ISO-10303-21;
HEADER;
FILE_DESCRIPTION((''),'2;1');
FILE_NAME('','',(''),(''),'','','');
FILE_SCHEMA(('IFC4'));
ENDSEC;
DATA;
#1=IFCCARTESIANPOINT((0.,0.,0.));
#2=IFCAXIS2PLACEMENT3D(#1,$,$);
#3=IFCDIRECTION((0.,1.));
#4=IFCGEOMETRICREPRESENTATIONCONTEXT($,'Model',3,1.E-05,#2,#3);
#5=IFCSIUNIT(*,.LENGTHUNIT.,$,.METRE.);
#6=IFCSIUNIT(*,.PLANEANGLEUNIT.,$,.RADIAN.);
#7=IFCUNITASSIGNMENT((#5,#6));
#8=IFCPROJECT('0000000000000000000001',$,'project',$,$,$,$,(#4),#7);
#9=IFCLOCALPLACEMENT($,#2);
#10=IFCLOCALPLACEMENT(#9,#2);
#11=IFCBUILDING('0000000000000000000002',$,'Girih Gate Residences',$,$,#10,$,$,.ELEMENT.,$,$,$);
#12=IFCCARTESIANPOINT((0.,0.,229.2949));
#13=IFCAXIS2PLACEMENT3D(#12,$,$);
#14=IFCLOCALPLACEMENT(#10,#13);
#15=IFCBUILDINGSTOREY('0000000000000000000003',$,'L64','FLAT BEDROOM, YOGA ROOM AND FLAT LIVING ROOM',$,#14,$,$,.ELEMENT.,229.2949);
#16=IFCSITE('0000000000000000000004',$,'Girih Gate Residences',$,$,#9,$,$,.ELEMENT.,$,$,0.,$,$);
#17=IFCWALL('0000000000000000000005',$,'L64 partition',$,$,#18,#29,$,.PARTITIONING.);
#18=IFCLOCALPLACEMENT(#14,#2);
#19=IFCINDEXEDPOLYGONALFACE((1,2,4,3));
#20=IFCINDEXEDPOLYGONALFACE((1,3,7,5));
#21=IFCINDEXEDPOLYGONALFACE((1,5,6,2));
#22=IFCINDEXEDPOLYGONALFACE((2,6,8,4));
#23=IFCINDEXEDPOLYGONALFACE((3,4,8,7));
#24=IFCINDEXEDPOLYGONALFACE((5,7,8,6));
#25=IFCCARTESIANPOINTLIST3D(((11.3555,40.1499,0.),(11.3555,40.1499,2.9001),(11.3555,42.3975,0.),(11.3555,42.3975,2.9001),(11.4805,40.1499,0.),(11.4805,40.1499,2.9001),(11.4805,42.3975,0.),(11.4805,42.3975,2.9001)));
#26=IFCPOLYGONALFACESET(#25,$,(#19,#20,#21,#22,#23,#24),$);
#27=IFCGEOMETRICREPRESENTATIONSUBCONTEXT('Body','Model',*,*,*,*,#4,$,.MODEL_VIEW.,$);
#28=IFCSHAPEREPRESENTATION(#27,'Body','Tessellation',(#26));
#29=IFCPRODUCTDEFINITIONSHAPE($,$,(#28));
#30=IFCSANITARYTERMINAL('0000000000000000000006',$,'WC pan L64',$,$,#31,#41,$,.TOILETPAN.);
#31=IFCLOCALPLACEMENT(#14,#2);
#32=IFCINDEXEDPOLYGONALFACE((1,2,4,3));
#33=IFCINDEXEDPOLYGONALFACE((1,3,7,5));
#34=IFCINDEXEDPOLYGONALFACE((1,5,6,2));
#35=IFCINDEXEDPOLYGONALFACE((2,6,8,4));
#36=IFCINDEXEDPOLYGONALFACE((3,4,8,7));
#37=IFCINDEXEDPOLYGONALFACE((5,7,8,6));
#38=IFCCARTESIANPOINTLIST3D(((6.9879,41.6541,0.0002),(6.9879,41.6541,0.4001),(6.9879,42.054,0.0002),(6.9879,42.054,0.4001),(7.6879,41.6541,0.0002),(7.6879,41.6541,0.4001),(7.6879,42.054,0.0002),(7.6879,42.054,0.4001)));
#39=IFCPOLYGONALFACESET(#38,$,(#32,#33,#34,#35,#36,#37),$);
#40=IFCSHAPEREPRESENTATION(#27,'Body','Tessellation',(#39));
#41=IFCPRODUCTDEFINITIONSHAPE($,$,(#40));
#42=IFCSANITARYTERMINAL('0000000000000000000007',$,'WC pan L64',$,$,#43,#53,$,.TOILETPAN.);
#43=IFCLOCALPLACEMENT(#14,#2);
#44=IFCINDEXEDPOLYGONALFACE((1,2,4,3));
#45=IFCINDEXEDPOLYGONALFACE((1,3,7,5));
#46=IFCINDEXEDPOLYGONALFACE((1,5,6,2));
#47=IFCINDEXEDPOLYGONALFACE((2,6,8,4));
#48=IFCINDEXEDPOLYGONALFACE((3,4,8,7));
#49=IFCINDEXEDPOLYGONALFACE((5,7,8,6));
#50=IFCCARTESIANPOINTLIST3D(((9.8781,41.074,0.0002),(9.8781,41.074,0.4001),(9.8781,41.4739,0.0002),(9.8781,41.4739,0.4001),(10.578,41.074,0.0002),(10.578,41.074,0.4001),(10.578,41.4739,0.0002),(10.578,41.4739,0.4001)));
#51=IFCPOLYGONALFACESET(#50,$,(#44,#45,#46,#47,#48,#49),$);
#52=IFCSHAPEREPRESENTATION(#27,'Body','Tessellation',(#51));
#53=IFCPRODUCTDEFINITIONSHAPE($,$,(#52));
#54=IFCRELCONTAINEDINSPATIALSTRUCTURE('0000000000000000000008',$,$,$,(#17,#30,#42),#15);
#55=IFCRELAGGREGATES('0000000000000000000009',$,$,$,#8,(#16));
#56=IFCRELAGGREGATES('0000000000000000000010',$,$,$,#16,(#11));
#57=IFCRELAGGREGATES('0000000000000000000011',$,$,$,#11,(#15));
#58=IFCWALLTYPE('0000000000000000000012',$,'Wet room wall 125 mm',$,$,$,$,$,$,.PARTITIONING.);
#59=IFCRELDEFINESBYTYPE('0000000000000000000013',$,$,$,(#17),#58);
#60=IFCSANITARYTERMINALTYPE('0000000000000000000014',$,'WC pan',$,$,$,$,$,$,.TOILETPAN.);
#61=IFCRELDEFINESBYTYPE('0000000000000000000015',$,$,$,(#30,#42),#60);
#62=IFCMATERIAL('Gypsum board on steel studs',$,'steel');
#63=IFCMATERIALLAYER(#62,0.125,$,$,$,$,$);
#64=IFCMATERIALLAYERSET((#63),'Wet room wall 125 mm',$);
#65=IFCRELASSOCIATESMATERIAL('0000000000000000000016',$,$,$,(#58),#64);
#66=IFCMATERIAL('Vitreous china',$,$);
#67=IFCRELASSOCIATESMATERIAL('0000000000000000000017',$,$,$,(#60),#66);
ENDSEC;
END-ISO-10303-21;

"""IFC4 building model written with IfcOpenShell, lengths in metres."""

from ifc_helpers import new_model, si_unit, direction, frame, frame_2d, origin, origin_2d, place, context, subcontext, project, spatial, rectangle, extrude, material, layer, layer_set, type_object, element, save


model = new_model("IFC4")

# Units and contexts
model_context = context("Model", 3, precision=1e-05, world=origin(), true_north=direction((0.0, 1.0)))
body_context = subcontext(model_context, "Body", "Model", "MODEL_VIEW")
ifc_project = project(units=[si_unit("LENGTHUNIT", "METRE"), si_unit("PLANEANGLEUNIT", "RADIAN")], contexts=[model_context])

# Site, building, storey
site_placement = place(None, origin())
site = spatial("IfcSite", under=ifc_project, at=site_placement, Name="Girih Gate Residences", CompositionType="ELEMENT", RefElevation=0.0)
building_placement = place(site_placement, origin())
building = spatial("IfcBuilding", under=site, at=building_placement, Name="Girih Gate Residences", CompositionType="ELEMENT")
storey_placement = place(building_placement, frame((0.0, 0.0, 229.2949)))
storey = spatial("IfcBuildingStorey", under=building, at=storey_placement, Name="L64", Description="FLAT BEDROOM, YOGA ROOM AND FLAT LIVING ROOM", CompositionType="ELEMENT", Elevation=229.2949)

# Shared definitions
ifc_material_1 = material(Name="Gypsum board on steel studs", Category="steel")

# Shared definitions
ifc_layer_1 = layer(ifc_material_1, 0.125)
ifc_layer_set_1 = layer_set([ifc_layer_1], Name="Wet room wall 125 mm")
wall_type_1 = type_object("IfcWallType", Name="Wet room wall 125 mm", PredefinedType="PARTITIONING", material=ifc_layer_set_1)

# Wall
wall_1_placement = place(storey_placement, frame((11.418, 40.1499, 0.0), z_axis=(0.0, 0.0, 1.0), x_axis=(0.0, 1.0, 0.0)))
element("IfcWall", 1, at=wall_1_placement, inside=storey, type_object=wall_type_1, Name="L64 partition", PredefinedType="PARTITIONING", context=body_context, shape_type="SweptSolid", body=[
    extrude(rectangle(XDim=2.2476, YDim=0.125, at=frame_2d((1.1238, 0.0))), origin(), (0.0, 0.0, 1.0), 2.9001),
])

# Sanitary terminals
ifc_material_2 = material(Name="Vitreous china")
sanitary_terminal_type = type_object("IfcSanitaryTerminalType", Name="WC pan", PredefinedType="TOILETPAN", material=ifc_material_2)
for number, where, z_axis, x_axis, name in (
    (2, (7.3379, 41.854, 0.0002), (0.0, 0.0, 1.0), (1.0, 0.0, 0.0), "WC pan L64"),
    (3, (10.228, 41.2739, 0.0002), (0.0, 0.0, 1.0), (1.0, 0.0, 0.0), "WC pan L64"),
):
    element("IfcSanitaryTerminal", number, at=place(storey_placement, frame(where, z_axis=z_axis, x_axis=x_axis)), inside=storey, type_object=sanitary_terminal_type, Name=name, PredefinedType="TOILETPAN", context=body_context, shape_type="SweptSolid", body=[
        extrude(rectangle(XDim=0.7, YDim=0.3999, at=origin_2d()), origin(), (0.0, 0.0, 1.0), 0.3999),
    ])

save(model, "model.ifc")
